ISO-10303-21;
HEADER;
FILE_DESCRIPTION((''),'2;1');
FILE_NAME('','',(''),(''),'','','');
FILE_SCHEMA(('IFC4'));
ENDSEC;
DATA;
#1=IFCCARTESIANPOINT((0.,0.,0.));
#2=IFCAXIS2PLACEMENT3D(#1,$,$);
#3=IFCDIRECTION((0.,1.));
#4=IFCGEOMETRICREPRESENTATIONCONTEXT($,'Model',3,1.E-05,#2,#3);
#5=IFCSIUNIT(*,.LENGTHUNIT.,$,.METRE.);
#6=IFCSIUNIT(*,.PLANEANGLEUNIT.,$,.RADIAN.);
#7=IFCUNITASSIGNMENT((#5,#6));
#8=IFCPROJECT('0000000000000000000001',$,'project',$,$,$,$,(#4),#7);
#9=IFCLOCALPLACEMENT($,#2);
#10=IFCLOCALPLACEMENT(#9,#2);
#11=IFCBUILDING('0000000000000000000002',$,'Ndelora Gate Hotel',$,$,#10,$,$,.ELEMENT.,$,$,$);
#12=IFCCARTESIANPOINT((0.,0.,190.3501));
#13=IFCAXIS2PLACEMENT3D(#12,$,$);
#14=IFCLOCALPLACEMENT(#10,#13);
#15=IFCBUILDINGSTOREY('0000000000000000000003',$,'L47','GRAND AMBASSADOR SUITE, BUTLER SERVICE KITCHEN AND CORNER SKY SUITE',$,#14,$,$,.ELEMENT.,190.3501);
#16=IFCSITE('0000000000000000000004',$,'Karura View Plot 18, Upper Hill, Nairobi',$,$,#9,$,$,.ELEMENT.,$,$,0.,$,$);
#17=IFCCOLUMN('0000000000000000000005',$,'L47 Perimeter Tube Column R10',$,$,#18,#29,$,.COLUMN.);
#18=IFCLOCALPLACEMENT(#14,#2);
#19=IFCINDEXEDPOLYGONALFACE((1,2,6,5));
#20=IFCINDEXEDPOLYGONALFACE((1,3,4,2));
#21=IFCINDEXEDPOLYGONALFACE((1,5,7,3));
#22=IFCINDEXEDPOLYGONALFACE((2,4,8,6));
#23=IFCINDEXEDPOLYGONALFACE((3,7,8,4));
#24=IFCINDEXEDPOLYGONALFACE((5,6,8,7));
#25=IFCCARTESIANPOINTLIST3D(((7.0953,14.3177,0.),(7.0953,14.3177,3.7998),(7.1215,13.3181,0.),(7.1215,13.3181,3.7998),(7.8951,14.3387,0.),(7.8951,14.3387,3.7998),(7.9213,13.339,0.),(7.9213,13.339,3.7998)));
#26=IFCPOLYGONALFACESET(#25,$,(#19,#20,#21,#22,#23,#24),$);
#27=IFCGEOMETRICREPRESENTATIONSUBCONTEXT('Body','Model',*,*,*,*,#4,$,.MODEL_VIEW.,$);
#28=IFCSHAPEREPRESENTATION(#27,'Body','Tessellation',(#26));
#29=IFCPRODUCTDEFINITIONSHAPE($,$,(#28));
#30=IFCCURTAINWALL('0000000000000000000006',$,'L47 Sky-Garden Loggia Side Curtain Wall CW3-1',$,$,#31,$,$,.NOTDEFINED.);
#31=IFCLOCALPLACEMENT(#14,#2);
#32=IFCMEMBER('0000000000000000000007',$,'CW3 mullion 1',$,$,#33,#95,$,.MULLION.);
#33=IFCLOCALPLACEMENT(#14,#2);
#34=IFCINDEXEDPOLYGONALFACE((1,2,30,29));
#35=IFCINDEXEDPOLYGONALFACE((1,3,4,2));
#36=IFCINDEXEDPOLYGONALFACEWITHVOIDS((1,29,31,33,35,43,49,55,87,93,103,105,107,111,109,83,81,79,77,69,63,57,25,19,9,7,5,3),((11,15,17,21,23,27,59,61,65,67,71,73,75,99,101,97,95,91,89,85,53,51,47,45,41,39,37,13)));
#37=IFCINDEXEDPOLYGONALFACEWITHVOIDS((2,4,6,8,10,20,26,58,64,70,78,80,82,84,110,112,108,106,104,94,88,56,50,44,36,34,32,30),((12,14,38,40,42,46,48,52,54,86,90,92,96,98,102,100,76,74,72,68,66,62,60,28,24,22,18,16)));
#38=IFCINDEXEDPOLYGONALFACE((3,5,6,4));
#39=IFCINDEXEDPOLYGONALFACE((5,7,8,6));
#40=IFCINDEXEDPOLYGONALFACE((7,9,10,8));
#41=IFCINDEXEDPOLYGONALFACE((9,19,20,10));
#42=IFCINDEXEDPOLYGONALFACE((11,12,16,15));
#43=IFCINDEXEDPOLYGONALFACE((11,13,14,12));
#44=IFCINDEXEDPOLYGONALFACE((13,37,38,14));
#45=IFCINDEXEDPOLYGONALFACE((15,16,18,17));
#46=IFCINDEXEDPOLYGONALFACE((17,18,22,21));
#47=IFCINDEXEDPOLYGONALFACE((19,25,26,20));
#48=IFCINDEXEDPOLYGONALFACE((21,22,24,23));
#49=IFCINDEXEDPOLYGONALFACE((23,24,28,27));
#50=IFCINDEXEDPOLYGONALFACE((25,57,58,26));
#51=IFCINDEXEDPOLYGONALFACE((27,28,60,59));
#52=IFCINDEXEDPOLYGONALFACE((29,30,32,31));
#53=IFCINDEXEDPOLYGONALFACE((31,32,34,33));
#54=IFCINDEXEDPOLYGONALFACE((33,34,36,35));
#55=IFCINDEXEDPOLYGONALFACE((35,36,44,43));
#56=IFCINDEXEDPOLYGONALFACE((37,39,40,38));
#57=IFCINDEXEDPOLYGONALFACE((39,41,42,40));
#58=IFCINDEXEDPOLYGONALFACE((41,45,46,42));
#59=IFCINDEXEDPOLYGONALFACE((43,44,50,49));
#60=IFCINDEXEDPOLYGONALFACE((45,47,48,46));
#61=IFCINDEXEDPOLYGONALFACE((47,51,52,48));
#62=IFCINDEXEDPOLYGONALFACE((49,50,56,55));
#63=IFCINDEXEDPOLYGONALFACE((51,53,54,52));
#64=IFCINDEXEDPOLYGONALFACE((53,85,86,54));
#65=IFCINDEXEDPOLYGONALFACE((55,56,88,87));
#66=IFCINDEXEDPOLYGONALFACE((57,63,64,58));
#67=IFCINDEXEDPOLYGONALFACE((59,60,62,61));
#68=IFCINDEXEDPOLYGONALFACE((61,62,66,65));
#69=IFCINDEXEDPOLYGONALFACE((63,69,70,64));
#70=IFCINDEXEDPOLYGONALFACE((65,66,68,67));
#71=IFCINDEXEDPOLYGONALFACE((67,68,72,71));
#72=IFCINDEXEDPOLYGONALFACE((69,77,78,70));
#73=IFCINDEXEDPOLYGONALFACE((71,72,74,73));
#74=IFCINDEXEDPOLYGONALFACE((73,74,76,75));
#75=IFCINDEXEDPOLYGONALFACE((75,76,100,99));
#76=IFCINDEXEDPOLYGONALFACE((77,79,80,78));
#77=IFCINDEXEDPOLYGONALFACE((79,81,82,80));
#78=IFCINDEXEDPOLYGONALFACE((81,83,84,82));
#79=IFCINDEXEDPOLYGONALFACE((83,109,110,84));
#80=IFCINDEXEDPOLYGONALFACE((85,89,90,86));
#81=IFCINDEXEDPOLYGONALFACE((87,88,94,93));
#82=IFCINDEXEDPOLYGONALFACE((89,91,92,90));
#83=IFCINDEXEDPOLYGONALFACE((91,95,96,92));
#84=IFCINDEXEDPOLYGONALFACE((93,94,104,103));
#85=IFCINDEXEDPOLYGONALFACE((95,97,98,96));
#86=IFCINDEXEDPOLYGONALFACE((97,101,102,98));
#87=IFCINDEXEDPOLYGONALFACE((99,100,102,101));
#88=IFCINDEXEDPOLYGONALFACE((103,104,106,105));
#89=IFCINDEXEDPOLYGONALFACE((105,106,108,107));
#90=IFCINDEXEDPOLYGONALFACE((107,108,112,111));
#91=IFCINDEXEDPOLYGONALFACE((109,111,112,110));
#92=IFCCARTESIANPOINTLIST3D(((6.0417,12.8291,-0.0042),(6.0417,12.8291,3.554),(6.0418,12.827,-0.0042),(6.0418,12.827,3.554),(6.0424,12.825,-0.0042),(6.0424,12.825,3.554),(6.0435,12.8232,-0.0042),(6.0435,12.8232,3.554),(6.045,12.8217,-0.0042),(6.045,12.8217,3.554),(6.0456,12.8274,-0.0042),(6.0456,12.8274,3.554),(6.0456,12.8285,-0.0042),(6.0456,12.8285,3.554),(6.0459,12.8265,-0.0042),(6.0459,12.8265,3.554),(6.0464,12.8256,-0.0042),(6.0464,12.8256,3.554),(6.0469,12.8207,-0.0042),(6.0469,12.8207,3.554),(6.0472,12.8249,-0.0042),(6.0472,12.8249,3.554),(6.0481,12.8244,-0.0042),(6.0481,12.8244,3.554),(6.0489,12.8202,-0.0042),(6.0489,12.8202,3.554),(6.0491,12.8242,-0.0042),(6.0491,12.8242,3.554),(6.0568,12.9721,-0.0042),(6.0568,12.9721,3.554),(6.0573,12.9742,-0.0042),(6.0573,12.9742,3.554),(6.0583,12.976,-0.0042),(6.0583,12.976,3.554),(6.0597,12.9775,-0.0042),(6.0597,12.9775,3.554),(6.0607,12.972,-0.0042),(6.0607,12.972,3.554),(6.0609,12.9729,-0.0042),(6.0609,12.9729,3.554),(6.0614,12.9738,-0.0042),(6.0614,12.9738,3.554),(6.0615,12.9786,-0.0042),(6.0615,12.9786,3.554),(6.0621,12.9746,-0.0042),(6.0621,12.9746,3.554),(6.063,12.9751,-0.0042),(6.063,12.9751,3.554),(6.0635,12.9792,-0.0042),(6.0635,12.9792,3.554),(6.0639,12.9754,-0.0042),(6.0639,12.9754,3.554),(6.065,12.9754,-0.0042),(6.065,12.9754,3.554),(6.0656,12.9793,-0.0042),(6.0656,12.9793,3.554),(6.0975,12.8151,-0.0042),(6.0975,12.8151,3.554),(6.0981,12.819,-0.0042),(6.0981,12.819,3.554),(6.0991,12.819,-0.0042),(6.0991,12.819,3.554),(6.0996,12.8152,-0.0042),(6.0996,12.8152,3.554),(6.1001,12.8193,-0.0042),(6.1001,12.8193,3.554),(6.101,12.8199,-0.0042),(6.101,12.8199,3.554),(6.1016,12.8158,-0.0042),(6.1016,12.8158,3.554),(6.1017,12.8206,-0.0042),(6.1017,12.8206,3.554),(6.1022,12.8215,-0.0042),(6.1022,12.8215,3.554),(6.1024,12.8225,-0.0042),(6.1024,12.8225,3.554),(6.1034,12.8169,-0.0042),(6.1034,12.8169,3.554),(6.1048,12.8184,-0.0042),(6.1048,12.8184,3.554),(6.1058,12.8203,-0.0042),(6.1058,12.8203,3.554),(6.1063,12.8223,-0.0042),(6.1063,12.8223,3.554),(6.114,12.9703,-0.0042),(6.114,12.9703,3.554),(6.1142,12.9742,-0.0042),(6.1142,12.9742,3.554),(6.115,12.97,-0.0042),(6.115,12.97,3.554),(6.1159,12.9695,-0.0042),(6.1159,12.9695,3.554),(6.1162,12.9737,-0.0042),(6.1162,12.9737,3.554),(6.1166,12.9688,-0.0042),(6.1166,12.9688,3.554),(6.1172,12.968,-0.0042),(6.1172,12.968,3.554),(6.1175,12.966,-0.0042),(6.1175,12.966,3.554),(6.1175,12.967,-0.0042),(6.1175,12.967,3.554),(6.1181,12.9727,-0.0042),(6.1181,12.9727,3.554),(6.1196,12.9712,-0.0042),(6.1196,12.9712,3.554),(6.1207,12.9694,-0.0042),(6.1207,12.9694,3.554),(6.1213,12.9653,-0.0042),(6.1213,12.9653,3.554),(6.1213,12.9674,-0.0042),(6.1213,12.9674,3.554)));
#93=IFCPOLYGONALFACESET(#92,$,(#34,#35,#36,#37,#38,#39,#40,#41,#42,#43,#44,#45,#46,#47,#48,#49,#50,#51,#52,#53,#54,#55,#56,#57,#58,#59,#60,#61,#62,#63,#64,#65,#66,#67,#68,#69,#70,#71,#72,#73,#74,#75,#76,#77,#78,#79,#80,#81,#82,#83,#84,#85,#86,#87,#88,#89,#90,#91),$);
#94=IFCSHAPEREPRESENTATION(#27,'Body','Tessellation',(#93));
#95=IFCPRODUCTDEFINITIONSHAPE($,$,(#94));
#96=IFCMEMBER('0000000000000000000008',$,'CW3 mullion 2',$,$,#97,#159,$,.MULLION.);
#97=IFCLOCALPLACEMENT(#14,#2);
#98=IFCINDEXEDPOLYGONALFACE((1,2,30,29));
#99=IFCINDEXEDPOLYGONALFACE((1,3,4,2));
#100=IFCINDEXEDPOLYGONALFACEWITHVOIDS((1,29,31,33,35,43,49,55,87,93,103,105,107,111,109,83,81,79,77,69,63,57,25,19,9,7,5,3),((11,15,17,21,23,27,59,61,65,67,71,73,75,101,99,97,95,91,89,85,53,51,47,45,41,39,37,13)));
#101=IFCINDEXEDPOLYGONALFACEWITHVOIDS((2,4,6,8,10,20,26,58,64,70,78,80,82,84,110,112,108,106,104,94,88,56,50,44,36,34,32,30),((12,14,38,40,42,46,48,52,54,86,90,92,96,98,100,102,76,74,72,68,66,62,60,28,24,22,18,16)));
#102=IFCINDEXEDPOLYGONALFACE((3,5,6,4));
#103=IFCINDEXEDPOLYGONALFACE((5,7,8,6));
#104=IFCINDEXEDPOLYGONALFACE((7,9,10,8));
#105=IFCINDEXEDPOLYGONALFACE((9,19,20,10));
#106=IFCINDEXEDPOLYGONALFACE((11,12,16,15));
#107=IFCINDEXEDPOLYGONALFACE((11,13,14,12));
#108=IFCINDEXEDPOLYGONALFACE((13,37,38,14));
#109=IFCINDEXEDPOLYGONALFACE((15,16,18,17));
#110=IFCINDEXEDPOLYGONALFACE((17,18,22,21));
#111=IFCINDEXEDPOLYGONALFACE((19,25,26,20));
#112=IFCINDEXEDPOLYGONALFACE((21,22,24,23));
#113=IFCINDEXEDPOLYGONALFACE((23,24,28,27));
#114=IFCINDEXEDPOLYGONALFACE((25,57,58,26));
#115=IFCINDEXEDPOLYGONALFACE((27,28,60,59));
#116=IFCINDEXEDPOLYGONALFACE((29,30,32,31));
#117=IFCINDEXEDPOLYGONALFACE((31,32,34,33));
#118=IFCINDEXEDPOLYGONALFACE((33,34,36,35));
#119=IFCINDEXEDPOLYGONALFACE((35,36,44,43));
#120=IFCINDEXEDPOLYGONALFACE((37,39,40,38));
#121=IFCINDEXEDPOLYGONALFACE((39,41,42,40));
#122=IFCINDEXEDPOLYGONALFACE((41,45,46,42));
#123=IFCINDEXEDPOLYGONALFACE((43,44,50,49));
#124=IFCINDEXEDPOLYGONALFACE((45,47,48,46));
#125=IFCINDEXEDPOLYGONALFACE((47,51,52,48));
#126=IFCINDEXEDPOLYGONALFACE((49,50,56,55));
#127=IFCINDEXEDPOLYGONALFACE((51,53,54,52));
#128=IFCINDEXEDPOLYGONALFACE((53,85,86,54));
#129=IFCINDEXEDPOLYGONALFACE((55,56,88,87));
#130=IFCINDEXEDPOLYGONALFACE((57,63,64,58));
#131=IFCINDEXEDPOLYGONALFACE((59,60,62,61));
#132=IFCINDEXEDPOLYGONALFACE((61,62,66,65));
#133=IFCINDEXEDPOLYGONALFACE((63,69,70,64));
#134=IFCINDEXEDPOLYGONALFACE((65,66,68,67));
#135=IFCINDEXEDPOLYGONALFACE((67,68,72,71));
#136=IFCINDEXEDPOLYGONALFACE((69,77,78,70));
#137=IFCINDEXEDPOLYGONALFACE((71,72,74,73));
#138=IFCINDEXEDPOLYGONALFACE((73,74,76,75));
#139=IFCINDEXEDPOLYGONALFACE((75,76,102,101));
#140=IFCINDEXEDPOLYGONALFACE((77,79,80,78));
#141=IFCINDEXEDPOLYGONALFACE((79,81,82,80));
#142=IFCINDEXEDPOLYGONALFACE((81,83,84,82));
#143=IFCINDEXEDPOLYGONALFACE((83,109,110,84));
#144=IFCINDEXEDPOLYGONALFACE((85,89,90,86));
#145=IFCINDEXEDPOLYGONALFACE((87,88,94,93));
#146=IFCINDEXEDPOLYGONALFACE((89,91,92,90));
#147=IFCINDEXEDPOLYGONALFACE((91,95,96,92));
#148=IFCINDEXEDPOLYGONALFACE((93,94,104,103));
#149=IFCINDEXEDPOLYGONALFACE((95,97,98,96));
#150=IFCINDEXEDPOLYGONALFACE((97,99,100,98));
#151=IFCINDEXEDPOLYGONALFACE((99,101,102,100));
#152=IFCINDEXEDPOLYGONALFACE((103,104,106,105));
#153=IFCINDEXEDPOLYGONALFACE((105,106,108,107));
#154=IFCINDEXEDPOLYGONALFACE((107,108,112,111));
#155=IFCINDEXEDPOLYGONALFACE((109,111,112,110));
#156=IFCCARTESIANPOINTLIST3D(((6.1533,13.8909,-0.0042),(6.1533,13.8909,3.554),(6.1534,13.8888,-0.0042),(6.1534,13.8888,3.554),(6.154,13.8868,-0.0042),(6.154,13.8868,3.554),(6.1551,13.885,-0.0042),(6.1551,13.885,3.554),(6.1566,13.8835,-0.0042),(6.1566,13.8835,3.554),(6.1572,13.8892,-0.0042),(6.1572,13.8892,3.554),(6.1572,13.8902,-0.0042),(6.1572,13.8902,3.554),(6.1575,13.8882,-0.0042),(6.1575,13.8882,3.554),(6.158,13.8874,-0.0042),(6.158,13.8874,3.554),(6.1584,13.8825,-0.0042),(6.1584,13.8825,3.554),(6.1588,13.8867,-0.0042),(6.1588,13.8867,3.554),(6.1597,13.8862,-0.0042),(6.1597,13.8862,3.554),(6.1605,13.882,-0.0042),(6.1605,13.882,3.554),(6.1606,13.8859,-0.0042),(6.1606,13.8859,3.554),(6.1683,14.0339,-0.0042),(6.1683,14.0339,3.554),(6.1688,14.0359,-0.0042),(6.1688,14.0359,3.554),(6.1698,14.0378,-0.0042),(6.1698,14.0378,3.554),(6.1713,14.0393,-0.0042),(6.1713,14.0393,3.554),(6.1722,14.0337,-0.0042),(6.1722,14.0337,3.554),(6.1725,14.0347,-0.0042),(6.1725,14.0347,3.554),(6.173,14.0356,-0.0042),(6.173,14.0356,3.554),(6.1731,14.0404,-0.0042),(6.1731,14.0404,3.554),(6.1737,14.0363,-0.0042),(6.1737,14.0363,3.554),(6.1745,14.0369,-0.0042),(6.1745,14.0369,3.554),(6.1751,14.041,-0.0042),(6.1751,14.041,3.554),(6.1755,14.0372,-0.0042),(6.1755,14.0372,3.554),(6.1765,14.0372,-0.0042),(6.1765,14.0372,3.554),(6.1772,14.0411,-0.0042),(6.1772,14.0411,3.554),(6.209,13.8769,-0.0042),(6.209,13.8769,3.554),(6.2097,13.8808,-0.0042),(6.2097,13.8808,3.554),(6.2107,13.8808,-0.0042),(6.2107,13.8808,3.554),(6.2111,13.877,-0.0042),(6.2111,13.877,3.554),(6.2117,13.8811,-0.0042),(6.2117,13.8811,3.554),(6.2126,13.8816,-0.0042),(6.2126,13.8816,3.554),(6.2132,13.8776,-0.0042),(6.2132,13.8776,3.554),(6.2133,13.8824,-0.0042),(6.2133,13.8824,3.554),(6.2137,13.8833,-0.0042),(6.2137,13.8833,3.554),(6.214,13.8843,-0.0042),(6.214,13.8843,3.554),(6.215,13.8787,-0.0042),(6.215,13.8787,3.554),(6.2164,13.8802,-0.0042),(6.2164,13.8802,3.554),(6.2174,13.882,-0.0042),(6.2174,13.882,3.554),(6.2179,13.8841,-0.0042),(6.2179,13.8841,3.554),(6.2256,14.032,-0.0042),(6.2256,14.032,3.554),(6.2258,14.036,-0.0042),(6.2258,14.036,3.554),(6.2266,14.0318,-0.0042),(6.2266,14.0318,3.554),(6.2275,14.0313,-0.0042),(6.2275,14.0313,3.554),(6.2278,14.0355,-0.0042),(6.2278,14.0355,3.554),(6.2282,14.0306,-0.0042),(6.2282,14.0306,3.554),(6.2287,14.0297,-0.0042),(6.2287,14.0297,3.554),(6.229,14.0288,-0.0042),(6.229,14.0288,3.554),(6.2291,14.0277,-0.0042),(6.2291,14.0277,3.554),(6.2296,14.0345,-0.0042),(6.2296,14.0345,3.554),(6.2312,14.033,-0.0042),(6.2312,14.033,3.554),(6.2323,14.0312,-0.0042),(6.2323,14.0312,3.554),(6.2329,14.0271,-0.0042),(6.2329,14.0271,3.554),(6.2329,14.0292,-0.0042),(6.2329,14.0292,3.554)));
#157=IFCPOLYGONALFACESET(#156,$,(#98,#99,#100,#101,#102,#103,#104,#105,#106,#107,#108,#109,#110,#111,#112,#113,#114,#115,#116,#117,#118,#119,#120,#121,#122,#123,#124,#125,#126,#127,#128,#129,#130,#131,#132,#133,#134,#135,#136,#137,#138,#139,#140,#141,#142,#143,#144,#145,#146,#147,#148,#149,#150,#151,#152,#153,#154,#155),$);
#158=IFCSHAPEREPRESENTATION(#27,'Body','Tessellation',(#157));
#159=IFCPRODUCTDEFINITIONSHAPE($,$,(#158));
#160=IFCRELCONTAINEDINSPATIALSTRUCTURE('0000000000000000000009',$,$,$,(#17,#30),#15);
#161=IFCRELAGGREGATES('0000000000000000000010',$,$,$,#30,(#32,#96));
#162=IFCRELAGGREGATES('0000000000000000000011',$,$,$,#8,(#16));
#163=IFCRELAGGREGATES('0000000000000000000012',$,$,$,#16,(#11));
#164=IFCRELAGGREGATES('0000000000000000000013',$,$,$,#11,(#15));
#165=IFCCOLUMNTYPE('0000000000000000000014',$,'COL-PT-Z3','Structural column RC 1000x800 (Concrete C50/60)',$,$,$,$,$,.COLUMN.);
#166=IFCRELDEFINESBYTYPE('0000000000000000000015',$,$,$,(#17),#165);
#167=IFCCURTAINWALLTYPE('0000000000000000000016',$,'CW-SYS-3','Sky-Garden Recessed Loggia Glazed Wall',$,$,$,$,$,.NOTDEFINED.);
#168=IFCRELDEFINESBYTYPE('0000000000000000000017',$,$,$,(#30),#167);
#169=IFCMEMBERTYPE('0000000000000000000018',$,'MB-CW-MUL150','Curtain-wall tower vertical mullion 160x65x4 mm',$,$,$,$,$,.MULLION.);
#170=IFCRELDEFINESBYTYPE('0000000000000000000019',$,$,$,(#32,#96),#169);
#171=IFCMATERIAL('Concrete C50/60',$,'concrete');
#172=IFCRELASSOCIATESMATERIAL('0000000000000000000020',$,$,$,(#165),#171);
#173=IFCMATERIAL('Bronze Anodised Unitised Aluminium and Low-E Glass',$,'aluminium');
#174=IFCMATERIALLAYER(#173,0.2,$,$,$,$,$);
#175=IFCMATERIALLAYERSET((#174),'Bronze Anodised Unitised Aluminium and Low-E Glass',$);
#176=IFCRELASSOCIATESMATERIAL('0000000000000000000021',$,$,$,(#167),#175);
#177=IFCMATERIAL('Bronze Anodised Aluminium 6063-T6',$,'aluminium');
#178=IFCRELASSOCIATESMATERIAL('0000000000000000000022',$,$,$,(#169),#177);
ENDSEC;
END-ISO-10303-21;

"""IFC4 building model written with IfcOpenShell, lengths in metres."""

from ifc_helpers import new_model, si_unit, direction, frame, origin, origin_2d, place, context, subcontext, project, spatial, rectangle, hollow_rectangle, extrude, material, layer, layer_set, material_profile, profile_set, type_object, element, aggregate, save


model = new_model("IFC4")

# Units and contexts
model_context = context("Model", 3, precision=1e-05, world=origin(), true_north=direction((0.0, 1.0)))
body_context = subcontext(model_context, "Body", "Model", "MODEL_VIEW")
ifc_project = project(units=[si_unit("LENGTHUNIT", "METRE"), si_unit("PLANEANGLEUNIT", "RADIAN")], contexts=[model_context])

# Site, building, storey
site_placement = place(None, origin())
site = spatial("IfcSite", under=ifc_project, at=site_placement, Name="Karura View Plot 18, Upper Hill, Nairobi", CompositionType="ELEMENT", RefElevation=0.0)
building_placement = place(site_placement, origin())
building = spatial("IfcBuilding", under=site, at=building_placement, Name="Ndelora Gate Hotel", CompositionType="ELEMENT")
storey_placement = place(building_placement, frame((0.0, 0.0, 190.3501)))
storey = spatial("IfcBuildingStorey", under=building, at=storey_placement, Name="L47", Description="GRAND AMBASSADOR SUITE, BUTLER SERVICE KITCHEN AND CORNER SKY SUITE", CompositionType="ELEMENT", Elevation=190.3501)

# Column
ifc_material_1 = material(Name="Concrete C50/60", Category="concrete")
ifc_material_profile_1 = material_profile(ifc_material_1, rectangle(XDim=0.8, YDim=1.0, at=origin_2d()), Name="RC 1000x800")
ifc_profile_set_1 = profile_set([ifc_material_profile_1], Name="Concrete C50/60")
column_type = type_object("IfcColumnType", Name="COL-PT-Z3", Description="Structural column RC 1000x800 (Concrete C50/60)", PredefinedType="COLUMN", material=ifc_profile_set_1)
column_placement = place(storey_placement, frame((7.5083, 13.8284, 0.0), z_axis=(0.0, 0.0, 1.0), x_axis=(0.999657, 0.026177, 0.0)))
element("IfcColumn", 1, at=column_placement, inside=storey, type_object=column_type, Name="L47 Perimeter Tube Column R10", PredefinedType="COLUMN", context=body_context, shape_type="SweptSolid", body=[
    extrude(rectangle(XDim=0.8, YDim=1.0, at=origin_2d()), origin(), (0.0, 0.0, 1.0), 3.7998),
])

# Curtain wall, members
ifc_material_2 = material(Name="Bronze Anodised Unitised Aluminium and Low-E Glass", Category="aluminium")
ifc_layer_1 = layer(ifc_material_2, 0.2)
ifc_layer_set_1 = layer_set([ifc_layer_1], Name="Bronze Anodised Unitised Aluminium and Low-E Glass")
curtain_wall_type = type_object("IfcCurtainWallType", Name="CW-SYS-3", Description="Sky-Garden Recessed Loggia Glazed Wall", PredefinedType="NOTDEFINED", material=ifc_layer_set_1)
curtain_wall_placement = place(storey_placement, origin())
curtain_wall = element("IfcCurtainWall", 2, at=curtain_wall_placement, inside=storey, type_object=curtain_wall_type, Name="L47 Sky-Garden Loggia Side Curtain Wall CW3-1", PredefinedType="NOTDEFINED")
ifc_material_3 = material(Name="Bronze Anodised Aluminium 6063-T6", Category="aluminium")
ifc_material_profile_2 = material_profile(ifc_material_3, hollow_rectangle(XDim=0.0649, YDim=0.1599, WallThickness=0.0039, InnerFilletRadius=0.0039, OuterFilletRadius=0.0081, at=origin_2d()), Name="ALU 160x65x4")
ifc_profile_set_2 = profile_set([ifc_material_profile_2], Name="Bronze Anodised Aluminium 6063-T6")
member_type_1 = type_object("IfcMemberType", Name="MB-CW-MUL150", Description="Curtain-wall tower vertical mullion 160x65x4 mm", PredefinedType="MULLION", material=ifc_profile_set_2)
member_1_placement = place(storey_placement, frame((6.0815, 12.8972, -0.0042), z_axis=(0.0, 0.0, 1.0), x_axis=(-0.994525, 0.104498, 0.0)))
member_1 = element("IfcMember", 3, at=member_1_placement, type_object=member_type_1, Name="CW3 mullion 1", PredefinedType="MULLION", context=body_context, shape_type="SweptSolid", body=[
    extrude(hollow_rectangle(XDim=0.0649, YDim=0.1599, WallThickness=0.0039, InnerFilletRadius=0.0039, OuterFilletRadius=0.0081, at=origin_2d()), origin(), (0.0, 0.0, 1.0), 3.5581),
])
member_2_placement = place(storey_placement, frame((6.1931, 13.959, -0.0042), z_axis=(0.0, 0.0, 1.0), x_axis=(-0.994525, 0.104498, 0.0)))
member_2 = element("IfcMember", 4, at=member_2_placement, type_object=member_type_1, Name="CW3 mullion 2", PredefinedType="MULLION", context=body_context, shape_type="SweptSolid", body=[
    extrude(hollow_rectangle(XDim=0.0649, YDim=0.1599, WallThickness=0.0039, InnerFilletRadius=0.0039, OuterFilletRadius=0.0081, at=origin_2d()), origin(), (0.0, 0.0, 1.0), 3.5581),
])
aggregate(curtain_wall, [member_1, member_2])

save(model, "model.ifc")
